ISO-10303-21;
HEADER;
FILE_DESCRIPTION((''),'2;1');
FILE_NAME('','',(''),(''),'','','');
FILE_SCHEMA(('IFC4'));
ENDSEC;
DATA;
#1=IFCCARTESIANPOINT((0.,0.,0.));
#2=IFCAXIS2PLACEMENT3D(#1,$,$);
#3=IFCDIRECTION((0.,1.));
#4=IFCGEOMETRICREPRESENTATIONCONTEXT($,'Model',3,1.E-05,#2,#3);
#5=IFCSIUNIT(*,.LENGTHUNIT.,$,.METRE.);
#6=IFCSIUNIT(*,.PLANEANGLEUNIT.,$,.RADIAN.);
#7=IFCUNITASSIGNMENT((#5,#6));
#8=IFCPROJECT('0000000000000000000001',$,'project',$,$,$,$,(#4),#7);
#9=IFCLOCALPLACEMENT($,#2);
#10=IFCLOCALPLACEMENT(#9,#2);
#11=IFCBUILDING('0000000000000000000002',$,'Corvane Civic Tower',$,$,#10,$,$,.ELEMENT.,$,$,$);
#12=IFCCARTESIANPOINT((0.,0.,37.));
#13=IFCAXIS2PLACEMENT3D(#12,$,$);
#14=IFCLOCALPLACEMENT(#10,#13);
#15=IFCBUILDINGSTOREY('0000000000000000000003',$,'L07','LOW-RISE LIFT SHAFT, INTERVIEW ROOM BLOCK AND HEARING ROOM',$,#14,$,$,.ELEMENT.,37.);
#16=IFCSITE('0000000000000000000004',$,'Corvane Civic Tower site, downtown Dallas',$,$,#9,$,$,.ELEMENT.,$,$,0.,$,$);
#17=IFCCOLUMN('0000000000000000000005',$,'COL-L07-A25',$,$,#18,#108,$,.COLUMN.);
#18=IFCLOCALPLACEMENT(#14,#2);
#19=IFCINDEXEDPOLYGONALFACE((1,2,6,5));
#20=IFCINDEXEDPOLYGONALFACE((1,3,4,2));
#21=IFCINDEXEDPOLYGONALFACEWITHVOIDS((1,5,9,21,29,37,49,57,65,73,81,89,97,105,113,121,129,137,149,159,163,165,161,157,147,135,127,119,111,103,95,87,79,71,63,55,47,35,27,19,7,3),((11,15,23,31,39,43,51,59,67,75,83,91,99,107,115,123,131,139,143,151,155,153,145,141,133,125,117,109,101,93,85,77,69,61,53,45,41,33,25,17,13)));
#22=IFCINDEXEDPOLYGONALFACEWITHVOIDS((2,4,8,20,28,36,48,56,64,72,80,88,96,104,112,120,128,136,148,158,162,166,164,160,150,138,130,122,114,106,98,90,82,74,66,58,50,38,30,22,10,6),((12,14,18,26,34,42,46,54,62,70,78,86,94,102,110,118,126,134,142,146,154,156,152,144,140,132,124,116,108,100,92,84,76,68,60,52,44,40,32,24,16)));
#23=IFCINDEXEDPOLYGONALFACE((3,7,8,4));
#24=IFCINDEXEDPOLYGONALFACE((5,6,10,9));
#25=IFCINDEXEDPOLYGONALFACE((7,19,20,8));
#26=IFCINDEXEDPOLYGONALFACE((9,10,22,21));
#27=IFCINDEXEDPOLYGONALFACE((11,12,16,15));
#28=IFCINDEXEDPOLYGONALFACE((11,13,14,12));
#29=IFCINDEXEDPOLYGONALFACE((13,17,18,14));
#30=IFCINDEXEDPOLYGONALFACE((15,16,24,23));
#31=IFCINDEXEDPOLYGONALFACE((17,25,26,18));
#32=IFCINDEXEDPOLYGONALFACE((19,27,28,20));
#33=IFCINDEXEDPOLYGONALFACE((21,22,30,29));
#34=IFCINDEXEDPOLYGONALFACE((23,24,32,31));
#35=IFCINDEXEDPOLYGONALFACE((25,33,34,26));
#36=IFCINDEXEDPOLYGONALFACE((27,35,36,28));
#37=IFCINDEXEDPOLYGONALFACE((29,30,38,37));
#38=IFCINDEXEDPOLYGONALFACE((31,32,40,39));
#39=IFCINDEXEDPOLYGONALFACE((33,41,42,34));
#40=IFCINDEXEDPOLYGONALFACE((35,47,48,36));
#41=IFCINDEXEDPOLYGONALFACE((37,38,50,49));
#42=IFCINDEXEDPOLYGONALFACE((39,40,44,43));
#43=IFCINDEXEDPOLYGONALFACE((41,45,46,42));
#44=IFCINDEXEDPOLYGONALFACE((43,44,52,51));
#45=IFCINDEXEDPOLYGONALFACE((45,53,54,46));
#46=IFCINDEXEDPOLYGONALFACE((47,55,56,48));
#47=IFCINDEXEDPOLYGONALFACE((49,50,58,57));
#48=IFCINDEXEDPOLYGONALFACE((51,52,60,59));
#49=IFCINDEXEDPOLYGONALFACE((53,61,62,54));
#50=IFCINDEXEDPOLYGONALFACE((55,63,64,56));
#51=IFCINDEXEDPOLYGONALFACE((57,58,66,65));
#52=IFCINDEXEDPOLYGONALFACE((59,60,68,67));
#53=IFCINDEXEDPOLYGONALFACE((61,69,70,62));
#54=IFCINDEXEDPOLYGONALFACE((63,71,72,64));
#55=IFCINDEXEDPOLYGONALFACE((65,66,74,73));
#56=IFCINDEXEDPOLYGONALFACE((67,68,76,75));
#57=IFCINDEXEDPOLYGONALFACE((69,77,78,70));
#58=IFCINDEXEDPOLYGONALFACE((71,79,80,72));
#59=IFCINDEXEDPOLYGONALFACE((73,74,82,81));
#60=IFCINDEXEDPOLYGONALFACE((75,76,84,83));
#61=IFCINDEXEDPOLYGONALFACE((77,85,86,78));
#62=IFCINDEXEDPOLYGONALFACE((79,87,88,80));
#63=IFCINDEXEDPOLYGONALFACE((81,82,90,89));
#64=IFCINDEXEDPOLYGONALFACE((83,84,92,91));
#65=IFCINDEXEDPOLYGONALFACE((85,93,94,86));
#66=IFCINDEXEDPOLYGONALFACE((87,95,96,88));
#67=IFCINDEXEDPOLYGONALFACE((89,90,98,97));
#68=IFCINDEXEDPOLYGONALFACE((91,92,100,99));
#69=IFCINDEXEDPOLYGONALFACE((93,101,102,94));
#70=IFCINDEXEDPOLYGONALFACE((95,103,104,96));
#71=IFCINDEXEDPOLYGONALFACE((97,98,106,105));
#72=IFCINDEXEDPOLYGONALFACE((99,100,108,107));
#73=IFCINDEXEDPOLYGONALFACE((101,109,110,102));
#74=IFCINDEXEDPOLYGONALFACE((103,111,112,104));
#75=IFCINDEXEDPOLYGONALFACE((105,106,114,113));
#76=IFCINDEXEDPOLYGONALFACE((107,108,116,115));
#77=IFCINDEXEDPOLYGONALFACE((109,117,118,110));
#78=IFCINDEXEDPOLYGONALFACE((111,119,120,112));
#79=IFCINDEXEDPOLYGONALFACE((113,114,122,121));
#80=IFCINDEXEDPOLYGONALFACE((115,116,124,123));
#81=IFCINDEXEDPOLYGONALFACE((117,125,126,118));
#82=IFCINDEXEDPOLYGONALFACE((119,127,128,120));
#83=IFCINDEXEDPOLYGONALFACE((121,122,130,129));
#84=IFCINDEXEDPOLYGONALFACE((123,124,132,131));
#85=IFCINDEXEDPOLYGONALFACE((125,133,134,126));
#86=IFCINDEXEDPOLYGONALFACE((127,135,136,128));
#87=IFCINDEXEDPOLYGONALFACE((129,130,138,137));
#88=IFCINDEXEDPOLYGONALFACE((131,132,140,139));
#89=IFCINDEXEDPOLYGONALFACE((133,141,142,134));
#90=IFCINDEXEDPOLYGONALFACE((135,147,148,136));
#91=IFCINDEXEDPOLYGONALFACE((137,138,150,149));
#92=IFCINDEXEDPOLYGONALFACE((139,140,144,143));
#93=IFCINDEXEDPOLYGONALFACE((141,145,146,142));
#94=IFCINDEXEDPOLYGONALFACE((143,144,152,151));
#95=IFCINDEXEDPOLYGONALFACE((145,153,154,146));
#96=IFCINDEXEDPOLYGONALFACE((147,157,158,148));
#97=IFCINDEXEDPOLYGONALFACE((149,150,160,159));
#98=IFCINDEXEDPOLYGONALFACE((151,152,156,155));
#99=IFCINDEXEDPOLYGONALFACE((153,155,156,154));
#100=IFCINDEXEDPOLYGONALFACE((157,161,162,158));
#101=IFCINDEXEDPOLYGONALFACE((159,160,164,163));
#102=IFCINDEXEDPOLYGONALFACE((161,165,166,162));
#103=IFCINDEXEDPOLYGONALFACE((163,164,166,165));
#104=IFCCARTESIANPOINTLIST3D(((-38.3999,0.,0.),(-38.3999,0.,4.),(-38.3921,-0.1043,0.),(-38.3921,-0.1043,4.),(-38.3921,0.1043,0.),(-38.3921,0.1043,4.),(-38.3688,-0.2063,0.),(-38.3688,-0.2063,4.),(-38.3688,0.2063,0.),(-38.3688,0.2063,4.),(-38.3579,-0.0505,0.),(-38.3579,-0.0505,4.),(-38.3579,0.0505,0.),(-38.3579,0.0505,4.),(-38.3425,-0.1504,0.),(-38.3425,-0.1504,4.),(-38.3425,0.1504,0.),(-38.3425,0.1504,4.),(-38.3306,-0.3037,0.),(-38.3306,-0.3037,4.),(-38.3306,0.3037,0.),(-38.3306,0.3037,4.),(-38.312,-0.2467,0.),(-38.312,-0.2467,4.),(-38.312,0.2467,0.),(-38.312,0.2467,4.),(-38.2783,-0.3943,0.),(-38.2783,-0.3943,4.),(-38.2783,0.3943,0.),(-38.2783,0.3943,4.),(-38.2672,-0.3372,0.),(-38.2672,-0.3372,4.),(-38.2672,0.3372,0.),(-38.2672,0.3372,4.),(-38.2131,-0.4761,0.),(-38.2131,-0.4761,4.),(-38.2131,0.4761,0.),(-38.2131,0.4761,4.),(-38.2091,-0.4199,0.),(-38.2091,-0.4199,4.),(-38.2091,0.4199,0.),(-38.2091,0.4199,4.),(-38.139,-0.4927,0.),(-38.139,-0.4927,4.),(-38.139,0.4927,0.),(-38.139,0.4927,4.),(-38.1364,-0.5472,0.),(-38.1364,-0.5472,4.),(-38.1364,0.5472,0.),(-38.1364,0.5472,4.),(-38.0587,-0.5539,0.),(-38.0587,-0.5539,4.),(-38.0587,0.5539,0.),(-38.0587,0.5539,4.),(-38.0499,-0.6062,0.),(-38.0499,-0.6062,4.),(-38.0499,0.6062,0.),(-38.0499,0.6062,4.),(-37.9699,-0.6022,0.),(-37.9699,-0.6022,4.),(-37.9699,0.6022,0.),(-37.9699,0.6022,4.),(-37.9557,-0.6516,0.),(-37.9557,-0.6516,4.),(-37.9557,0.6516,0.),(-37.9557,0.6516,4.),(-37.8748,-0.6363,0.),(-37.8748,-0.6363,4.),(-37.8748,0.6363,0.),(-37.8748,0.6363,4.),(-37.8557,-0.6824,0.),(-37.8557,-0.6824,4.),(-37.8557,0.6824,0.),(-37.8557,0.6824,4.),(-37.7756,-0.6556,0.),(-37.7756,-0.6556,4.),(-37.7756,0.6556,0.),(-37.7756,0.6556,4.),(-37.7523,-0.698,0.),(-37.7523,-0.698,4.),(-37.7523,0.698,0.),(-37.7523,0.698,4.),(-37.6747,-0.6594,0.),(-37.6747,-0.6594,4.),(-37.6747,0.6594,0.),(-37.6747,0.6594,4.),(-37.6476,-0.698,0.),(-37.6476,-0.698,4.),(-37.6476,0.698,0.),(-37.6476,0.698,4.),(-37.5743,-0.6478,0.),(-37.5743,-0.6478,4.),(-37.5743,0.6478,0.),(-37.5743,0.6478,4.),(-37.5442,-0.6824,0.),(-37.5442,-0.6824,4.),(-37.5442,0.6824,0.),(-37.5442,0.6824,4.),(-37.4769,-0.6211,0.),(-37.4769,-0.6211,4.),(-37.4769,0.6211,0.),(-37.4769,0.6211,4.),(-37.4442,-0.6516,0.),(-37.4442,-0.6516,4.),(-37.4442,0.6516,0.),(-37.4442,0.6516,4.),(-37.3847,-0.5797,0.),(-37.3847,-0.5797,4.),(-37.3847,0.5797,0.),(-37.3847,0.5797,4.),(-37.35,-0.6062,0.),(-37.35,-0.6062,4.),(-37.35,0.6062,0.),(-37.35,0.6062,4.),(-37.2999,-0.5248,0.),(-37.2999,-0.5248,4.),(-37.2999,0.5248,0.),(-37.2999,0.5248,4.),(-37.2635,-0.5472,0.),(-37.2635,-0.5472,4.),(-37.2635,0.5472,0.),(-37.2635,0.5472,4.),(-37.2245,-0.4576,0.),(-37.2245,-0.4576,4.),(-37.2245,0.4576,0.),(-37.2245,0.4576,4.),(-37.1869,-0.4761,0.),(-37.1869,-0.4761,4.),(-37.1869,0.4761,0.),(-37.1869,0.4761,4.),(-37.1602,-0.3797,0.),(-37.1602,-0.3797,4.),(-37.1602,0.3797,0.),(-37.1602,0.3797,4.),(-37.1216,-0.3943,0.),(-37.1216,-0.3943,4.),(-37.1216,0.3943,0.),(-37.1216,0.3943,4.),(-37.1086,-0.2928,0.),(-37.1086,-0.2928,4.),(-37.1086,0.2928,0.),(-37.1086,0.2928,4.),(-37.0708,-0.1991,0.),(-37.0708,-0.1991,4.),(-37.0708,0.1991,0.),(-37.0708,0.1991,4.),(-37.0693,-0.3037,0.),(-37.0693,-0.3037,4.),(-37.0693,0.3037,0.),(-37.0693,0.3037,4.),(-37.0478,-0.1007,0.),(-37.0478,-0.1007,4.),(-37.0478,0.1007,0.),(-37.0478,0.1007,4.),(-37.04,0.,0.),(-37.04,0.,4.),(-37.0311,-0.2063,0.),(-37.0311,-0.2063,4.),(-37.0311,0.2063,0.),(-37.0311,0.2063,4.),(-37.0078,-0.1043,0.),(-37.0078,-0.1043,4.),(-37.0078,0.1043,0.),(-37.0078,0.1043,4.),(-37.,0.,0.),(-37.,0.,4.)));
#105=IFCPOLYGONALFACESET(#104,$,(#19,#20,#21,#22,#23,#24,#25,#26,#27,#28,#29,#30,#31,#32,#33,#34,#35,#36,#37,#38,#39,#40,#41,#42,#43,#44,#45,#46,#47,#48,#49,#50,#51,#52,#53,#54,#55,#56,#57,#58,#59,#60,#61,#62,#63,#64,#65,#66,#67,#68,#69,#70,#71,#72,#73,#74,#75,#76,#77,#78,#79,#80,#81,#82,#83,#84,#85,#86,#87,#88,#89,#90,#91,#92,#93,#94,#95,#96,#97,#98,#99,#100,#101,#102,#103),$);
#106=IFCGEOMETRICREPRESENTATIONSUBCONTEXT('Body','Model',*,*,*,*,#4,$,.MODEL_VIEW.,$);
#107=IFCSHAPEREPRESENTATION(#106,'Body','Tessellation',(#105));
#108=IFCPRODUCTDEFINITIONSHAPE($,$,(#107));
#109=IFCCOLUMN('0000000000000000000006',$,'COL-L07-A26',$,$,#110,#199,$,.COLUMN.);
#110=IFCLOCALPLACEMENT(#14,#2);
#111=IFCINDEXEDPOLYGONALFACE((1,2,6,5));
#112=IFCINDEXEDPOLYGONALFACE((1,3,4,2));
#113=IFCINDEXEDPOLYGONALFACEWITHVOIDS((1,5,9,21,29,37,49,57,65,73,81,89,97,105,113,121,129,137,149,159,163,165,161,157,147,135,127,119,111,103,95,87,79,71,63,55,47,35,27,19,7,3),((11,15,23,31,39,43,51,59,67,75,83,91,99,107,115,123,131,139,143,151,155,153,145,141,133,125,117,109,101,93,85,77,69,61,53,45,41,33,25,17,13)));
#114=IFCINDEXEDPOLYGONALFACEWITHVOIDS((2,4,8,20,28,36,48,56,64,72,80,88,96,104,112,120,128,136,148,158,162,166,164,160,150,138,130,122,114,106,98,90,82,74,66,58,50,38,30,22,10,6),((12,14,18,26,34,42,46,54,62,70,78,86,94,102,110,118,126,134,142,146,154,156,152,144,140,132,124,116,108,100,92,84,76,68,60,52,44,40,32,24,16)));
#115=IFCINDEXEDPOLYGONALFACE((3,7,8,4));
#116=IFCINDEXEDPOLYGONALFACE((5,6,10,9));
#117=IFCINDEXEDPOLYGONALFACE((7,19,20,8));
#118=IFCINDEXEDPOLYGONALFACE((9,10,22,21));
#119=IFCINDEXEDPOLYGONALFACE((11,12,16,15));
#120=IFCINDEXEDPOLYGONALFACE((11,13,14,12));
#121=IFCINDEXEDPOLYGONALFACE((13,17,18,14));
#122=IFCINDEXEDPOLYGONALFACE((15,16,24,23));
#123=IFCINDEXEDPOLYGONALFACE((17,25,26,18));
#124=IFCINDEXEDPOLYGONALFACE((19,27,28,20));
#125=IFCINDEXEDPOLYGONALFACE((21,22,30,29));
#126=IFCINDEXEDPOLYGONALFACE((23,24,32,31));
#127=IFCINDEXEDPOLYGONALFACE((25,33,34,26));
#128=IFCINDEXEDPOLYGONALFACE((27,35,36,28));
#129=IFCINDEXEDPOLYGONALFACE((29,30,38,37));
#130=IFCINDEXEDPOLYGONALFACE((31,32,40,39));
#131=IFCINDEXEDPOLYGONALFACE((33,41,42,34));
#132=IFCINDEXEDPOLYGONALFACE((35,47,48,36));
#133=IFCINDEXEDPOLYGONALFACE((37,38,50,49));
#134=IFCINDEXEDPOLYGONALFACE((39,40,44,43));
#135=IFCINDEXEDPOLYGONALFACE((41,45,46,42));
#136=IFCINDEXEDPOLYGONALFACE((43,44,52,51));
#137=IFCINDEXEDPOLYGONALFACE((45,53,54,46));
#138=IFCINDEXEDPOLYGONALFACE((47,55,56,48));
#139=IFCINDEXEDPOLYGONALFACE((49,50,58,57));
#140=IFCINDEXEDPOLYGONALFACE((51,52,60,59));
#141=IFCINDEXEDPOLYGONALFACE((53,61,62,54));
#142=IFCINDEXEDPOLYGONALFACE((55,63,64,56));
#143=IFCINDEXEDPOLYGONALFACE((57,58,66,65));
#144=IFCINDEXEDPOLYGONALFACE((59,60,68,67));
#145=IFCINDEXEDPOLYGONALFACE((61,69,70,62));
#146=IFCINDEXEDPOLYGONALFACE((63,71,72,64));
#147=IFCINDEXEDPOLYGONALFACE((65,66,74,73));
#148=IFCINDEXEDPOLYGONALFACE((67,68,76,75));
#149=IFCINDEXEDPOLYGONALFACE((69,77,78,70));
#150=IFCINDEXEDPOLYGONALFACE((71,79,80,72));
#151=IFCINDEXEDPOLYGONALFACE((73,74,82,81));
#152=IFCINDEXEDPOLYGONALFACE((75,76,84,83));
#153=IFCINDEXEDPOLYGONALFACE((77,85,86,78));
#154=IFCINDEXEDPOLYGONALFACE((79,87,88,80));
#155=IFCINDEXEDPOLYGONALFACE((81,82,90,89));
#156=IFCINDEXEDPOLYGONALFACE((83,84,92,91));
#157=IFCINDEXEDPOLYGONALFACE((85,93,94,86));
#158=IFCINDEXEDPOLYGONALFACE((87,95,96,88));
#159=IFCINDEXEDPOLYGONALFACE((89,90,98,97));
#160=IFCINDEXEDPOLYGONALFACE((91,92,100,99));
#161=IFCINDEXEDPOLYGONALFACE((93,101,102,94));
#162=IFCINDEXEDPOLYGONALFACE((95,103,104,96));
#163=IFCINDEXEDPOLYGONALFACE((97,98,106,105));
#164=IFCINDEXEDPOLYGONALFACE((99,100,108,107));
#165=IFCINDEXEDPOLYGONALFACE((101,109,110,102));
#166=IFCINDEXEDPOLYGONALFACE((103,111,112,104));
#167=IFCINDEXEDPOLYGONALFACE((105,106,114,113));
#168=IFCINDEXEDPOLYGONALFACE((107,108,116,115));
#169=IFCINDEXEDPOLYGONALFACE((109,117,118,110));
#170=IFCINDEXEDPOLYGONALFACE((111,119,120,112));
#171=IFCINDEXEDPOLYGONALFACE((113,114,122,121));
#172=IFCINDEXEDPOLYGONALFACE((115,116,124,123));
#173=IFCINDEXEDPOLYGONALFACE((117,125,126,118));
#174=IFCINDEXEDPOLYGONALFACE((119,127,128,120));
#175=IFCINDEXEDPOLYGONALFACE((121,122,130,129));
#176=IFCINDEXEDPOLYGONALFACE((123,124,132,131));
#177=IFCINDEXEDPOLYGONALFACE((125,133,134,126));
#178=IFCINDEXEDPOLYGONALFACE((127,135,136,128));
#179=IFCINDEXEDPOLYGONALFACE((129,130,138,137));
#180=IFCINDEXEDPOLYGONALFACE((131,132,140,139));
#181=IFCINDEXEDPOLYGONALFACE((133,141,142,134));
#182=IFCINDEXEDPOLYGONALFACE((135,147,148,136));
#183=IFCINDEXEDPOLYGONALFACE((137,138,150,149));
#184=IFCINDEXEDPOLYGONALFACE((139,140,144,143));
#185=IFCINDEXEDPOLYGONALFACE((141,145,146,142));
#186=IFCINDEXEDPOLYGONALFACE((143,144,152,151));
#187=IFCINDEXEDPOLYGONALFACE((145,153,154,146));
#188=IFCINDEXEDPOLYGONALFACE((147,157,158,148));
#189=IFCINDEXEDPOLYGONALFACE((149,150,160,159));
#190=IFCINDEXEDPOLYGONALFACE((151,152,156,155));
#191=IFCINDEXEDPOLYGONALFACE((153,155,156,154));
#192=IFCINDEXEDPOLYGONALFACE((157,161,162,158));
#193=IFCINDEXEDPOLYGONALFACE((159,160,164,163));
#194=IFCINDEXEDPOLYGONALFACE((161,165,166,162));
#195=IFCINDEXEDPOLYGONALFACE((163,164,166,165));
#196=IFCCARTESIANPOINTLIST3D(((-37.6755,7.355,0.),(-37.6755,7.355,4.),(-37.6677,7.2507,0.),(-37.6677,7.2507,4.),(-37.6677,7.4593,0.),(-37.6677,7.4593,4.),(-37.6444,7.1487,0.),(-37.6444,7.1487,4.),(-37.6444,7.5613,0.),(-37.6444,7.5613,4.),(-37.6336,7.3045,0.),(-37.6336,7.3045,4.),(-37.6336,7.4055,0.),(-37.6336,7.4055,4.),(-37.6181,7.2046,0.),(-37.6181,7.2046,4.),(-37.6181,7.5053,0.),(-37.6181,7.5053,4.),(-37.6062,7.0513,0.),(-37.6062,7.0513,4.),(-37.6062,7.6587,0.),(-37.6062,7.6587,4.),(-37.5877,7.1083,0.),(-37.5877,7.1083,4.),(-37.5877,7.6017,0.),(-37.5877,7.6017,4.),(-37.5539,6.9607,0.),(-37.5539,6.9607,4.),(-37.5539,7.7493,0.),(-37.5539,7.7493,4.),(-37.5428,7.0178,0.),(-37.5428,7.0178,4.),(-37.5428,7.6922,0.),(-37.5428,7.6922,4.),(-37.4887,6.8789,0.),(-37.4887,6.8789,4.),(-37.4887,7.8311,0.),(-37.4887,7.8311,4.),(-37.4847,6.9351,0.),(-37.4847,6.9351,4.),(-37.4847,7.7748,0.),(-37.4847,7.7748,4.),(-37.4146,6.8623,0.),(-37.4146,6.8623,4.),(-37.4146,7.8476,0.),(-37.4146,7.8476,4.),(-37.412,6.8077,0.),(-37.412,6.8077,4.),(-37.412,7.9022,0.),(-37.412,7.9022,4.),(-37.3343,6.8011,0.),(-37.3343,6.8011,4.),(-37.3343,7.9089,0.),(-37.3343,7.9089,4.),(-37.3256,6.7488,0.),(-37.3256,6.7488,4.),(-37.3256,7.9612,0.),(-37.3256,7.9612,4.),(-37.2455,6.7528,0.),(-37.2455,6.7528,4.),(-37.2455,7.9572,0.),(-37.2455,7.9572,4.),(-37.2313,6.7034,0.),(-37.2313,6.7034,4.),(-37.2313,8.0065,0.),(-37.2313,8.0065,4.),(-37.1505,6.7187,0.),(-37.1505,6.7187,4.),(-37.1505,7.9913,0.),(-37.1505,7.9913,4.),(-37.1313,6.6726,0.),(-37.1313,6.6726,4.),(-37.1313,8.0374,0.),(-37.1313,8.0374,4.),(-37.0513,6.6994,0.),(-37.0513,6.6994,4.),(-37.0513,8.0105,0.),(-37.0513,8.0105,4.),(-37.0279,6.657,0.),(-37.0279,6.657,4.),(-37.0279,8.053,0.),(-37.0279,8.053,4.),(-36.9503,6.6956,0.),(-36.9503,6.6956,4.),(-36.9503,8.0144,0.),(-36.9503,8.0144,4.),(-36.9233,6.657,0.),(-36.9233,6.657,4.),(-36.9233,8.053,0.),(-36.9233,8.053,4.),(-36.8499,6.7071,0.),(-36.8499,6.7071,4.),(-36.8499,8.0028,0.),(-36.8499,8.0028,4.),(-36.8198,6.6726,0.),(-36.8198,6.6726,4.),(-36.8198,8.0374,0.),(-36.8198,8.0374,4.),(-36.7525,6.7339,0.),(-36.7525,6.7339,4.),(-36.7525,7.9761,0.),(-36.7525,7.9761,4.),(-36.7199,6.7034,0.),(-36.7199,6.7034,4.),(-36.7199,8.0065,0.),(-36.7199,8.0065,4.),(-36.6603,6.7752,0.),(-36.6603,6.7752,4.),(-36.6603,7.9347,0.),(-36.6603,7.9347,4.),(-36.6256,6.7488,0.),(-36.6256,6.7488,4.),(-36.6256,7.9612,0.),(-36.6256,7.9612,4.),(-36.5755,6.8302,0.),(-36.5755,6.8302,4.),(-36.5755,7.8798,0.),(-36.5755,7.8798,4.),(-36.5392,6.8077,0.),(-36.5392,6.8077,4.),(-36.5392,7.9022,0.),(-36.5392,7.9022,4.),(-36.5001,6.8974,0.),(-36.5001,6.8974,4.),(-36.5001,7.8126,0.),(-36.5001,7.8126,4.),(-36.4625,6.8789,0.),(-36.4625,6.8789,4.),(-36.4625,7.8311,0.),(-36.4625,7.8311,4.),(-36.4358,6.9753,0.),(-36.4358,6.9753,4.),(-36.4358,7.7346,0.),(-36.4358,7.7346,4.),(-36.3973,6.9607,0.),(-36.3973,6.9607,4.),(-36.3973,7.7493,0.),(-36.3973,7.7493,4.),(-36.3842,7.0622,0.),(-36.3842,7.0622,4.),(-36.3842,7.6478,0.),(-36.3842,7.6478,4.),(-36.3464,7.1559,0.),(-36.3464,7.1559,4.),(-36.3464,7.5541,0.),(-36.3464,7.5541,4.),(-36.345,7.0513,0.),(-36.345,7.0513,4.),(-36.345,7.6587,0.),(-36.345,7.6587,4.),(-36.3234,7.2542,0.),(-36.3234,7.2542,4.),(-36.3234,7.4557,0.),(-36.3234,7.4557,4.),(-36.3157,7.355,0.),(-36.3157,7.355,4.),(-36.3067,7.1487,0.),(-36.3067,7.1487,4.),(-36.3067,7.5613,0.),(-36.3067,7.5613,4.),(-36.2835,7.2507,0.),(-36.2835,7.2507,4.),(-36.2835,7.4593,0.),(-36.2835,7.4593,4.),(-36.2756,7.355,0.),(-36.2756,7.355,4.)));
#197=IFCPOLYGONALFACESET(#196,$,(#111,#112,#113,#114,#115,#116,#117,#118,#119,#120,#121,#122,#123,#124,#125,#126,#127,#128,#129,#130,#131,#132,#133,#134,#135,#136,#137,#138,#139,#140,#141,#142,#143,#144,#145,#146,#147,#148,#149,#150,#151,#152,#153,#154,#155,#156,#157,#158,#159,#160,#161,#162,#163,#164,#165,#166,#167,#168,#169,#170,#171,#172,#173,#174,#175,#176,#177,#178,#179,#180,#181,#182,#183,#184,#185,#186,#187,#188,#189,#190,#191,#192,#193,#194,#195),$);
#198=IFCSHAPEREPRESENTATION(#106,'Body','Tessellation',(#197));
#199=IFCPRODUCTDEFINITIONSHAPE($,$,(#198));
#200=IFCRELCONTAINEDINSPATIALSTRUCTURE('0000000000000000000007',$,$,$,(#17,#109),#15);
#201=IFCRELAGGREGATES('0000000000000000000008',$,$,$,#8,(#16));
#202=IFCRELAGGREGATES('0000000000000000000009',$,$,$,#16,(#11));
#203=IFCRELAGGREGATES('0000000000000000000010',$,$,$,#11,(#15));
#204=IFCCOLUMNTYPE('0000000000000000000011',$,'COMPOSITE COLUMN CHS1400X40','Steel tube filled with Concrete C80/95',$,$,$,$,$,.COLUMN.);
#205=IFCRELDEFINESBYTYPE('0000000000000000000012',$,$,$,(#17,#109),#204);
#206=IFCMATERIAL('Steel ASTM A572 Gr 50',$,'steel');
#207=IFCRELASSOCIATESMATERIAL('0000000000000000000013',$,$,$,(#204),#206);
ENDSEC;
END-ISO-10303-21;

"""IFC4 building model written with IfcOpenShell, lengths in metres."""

from ifc_helpers import new_model, si_unit, direction, frame, origin, origin_2d, place, context, subcontext, project, spatial, hollow_circle, extrude, material, material_profile, profile_set, type_object, element, save


model = new_model("IFC4")

# Units and contexts
model_context = context("Model", 3, precision=1e-05, world=origin(), true_north=direction((0.0, 1.0)))
body_context = subcontext(model_context, "Body", "Model", "MODEL_VIEW")
ifc_project = project(units=[si_unit("LENGTHUNIT", "METRE"), si_unit("PLANEANGLEUNIT", "RADIAN")], contexts=[model_context])

# Site, building, storey
site_placement = place(None, origin())
site = spatial("IfcSite", under=ifc_project, at=site_placement, Name="Corvane Civic Tower site, downtown Dallas", CompositionType="ELEMENT", RefElevation=0.0)
building_placement = place(site_placement, origin())
building = spatial("IfcBuilding", under=site, at=building_placement, Name="Corvane Civic Tower", CompositionType="ELEMENT")
storey_placement = place(building_placement, frame((0.0, 0.0, 37.0)))
storey = spatial("IfcBuildingStorey", under=building, at=storey_placement, Name="L07", Description="LOW-RISE LIFT SHAFT, INTERVIEW ROOM BLOCK AND HEARING ROOM", CompositionType="ELEMENT", Elevation=37.0)

# Columns
ifc_material_1 = material(Name="Steel ASTM A572 Gr 50", Category="steel")
ifc_material_profile_1 = material_profile(ifc_material_1, hollow_circle(Radius=0.7, WallThickness=0.04, at=origin_2d()), Name="CHS1400X40")
ifc_profile_set_1 = profile_set([ifc_material_profile_1], Name="Steel ASTM A572 Gr 50")
column_type = type_object("IfcColumnType", Name="COMPOSITE COLUMN CHS1400X40", Description="Steel tube filled with Concrete C80/95", PredefinedType="COLUMN", material=ifc_profile_set_1)
for number, where, z_axis, x_axis, name in (
    (1, (-37.7, 0.0, 0.0), (0.0, 0.0, 1.0), (1.0, 0.0, 0.0), "COL-L07-A25"),
    (2, (-36.9756, 7.355, 0.0), (0.0, 0.0, 1.0), (1.0, 0.0, 0.0), "COL-L07-A26"),
):
    element("IfcColumn", number, at=place(storey_placement, frame(where, z_axis=z_axis, x_axis=x_axis)), inside=storey, type_object=column_type, Name=name, PredefinedType="COLUMN", context=body_context, shape_type="SweptSolid", body=[
        extrude(hollow_circle(Radius=0.7, WallThickness=0.04, at=origin_2d()), origin(), (0.0, 0.0, 1.0), 4.0),
    ])

save(model, "model.ifc")
